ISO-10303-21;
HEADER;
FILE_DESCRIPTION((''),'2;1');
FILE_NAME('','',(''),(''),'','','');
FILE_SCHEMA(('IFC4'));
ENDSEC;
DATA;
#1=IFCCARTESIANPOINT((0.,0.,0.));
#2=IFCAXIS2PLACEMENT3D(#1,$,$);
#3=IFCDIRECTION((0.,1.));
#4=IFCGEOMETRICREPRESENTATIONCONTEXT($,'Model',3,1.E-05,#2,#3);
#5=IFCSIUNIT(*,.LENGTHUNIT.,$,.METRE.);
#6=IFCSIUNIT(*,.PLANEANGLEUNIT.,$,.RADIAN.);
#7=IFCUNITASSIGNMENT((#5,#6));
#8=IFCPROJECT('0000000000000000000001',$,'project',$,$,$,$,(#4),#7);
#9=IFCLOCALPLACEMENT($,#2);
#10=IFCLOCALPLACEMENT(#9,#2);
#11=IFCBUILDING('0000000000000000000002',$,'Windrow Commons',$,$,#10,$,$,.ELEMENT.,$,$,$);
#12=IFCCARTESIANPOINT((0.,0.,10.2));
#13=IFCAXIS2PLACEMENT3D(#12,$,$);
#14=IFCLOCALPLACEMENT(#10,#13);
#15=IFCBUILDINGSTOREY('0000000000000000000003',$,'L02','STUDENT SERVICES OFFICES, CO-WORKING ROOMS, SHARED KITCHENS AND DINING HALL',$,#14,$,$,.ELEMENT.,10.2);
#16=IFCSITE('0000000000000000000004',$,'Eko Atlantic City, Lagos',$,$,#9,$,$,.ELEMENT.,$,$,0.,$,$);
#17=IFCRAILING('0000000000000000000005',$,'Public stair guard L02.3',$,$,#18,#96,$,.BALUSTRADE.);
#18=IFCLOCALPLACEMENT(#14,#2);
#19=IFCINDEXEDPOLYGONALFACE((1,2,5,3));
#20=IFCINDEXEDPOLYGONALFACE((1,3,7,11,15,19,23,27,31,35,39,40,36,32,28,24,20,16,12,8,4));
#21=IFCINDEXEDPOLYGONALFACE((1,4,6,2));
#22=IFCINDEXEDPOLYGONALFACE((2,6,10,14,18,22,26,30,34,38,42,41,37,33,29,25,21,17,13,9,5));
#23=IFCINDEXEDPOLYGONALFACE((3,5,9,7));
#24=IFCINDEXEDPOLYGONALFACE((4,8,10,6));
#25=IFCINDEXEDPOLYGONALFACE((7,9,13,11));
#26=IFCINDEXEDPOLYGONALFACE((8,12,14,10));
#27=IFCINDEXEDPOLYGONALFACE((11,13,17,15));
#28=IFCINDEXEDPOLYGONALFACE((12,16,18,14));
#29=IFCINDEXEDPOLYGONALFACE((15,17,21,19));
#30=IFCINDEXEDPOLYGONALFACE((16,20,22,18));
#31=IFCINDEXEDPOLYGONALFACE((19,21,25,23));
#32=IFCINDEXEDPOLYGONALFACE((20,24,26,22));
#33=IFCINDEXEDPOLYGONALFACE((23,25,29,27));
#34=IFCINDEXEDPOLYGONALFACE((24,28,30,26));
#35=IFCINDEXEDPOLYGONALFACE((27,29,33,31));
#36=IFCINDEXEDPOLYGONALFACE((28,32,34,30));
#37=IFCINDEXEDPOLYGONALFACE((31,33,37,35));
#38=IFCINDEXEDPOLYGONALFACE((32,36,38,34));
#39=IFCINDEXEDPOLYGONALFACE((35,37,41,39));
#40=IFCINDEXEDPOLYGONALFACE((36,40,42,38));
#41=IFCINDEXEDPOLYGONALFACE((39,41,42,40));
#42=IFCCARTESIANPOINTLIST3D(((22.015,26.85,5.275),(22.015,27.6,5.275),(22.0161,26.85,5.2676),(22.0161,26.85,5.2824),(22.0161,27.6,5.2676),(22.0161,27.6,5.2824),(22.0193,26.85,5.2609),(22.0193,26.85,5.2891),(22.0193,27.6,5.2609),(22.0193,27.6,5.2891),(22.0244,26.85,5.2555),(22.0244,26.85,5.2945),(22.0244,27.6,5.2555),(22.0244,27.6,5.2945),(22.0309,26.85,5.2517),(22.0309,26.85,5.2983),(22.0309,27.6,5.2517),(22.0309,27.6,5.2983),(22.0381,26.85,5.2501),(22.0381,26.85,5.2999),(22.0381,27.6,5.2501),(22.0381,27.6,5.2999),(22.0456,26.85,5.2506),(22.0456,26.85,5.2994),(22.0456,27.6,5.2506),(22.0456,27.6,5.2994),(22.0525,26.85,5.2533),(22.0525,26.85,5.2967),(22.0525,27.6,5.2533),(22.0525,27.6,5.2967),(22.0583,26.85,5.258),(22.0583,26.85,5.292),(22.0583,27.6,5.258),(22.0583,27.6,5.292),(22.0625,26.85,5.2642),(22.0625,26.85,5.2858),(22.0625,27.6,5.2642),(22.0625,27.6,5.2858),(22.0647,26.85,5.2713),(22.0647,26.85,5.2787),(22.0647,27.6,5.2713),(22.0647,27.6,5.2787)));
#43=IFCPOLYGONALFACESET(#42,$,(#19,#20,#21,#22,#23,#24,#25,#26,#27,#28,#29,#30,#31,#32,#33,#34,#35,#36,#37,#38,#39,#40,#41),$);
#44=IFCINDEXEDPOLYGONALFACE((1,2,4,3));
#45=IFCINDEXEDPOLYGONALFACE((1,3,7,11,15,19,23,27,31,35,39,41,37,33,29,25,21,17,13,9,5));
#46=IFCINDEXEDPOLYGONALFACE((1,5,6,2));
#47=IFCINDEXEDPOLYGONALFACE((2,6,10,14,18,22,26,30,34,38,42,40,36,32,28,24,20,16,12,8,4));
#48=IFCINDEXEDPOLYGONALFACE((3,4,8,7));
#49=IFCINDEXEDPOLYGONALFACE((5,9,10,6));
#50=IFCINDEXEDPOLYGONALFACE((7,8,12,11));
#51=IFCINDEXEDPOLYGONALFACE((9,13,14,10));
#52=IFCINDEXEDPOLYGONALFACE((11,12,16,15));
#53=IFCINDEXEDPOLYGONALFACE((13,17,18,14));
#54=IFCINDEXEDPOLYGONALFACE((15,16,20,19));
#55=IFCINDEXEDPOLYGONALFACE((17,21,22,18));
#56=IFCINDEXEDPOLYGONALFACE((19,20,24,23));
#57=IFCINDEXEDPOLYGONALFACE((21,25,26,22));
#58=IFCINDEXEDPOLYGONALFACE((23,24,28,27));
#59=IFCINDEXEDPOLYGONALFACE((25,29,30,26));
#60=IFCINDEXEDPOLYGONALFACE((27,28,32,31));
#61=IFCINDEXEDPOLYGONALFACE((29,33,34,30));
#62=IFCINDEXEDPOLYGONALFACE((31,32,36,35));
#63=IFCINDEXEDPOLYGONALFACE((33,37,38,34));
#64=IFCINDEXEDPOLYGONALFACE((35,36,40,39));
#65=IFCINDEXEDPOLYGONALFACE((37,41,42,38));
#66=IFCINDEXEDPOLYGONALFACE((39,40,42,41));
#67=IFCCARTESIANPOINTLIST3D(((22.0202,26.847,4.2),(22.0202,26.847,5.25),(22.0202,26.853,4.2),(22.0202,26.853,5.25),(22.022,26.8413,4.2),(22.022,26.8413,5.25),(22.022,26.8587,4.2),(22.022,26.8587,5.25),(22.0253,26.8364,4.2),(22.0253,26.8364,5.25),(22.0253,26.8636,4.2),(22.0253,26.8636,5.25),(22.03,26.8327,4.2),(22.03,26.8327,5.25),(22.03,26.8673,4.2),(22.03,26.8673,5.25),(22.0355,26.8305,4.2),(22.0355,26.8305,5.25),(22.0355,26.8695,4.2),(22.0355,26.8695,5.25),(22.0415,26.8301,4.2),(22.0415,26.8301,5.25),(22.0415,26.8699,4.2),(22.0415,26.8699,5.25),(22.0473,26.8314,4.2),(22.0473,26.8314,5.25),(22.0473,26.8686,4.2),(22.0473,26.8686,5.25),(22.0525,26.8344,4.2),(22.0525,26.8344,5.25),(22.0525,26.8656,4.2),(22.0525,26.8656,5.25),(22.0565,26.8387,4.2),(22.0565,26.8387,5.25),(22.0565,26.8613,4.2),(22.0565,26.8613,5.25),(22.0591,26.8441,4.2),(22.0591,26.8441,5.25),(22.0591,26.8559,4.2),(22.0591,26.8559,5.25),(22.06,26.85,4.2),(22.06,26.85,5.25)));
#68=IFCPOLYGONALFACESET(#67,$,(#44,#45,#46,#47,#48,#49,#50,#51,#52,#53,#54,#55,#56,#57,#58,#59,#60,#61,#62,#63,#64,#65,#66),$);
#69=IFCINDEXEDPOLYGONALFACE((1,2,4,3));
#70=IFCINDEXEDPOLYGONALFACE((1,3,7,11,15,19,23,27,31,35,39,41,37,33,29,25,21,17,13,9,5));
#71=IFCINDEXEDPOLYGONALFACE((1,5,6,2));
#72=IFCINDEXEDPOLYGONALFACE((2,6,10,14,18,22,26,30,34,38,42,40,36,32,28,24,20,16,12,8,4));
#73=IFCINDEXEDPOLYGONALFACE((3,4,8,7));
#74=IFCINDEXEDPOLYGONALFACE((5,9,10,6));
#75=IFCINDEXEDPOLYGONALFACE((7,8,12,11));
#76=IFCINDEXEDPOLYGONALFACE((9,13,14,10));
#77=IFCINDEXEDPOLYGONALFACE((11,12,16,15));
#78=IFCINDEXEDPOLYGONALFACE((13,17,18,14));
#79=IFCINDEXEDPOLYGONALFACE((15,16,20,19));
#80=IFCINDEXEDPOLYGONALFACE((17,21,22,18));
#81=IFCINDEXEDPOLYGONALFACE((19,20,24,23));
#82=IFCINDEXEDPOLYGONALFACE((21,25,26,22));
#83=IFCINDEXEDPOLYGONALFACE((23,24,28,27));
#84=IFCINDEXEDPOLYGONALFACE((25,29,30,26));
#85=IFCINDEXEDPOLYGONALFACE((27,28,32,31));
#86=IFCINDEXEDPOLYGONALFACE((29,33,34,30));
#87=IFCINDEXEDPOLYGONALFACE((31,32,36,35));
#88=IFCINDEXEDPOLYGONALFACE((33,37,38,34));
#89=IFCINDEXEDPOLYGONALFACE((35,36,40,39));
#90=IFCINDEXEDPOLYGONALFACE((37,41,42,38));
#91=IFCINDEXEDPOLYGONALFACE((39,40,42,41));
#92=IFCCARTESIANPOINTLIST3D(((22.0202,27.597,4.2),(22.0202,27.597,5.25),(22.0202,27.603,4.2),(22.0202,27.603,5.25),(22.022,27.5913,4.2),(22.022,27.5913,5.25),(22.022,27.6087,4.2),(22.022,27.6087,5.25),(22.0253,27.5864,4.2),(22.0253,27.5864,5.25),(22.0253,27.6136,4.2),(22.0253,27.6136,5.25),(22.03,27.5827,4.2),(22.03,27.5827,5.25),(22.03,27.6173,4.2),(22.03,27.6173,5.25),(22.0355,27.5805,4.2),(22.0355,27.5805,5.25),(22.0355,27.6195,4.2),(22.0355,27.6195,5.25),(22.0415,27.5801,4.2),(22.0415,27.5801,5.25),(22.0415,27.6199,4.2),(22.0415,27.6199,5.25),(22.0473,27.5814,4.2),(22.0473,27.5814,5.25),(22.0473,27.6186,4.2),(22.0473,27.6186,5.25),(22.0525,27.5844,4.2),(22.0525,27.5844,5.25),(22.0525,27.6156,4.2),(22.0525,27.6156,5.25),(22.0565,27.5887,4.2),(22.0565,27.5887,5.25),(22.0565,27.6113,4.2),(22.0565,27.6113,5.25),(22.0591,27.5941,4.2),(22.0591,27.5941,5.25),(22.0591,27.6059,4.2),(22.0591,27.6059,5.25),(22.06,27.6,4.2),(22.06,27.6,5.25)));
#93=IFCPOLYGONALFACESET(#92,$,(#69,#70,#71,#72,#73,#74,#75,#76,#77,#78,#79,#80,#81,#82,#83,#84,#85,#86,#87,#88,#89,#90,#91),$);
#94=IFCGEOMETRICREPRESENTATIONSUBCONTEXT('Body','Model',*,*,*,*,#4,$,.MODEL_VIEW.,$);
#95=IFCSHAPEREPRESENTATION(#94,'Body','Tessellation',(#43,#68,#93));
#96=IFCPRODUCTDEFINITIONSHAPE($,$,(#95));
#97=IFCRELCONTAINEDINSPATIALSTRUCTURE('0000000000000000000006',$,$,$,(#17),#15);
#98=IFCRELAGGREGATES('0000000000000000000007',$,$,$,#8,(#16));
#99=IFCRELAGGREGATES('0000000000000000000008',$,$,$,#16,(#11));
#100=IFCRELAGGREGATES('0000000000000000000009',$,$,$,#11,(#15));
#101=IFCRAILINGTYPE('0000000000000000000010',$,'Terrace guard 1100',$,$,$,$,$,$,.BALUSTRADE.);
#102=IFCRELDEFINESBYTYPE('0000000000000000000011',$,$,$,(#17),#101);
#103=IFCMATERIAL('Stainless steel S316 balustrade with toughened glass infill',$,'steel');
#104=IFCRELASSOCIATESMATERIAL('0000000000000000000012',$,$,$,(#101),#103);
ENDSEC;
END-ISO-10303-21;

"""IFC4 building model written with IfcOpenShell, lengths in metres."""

from ifc_helpers import new_model, si_unit, direction, frame, origin, origin_2d, place, context, subcontext, project, spatial, circle, extrude, material, type_object, element, save


model = new_model("IFC4")

# Units and contexts
model_context = context("Model", 3, precision=1e-05, world=origin(), true_north=direction((0.0, 1.0)))
body_context = subcontext(model_context, "Body", "Model", "MODEL_VIEW")
ifc_project = project(units=[si_unit("LENGTHUNIT", "METRE"), si_unit("PLANEANGLEUNIT", "RADIAN")], contexts=[model_context])

# Site, building, storey
site_placement = place(None, origin())
site = spatial("IfcSite", under=ifc_project, at=site_placement, Name="Eko Atlantic City, Lagos", CompositionType="ELEMENT", RefElevation=0.0)
building_placement = place(site_placement, origin())
building = spatial("IfcBuilding", under=site, at=building_placement, Name="Windrow Commons", CompositionType="ELEMENT")
storey_placement = place(building_placement, frame((0.0, 0.0, 10.2)))
storey = spatial("IfcBuildingStorey", under=building, at=storey_placement, Name="L02", Description="STUDENT SERVICES OFFICES, CO-WORKING ROOMS, SHARED KITCHENS AND DINING HALL", CompositionType="ELEMENT", Elevation=10.2)

# Railing
ifc_material_1 = material(Name="Stainless steel S316 balustrade with toughened glass infill", Category="steel")
railing_type_1 = type_object("IfcRailingType", Name="Terrace guard 1100", PredefinedType="BALUSTRADE", material=ifc_material_1)
railing_1_placement = place(storey_placement, frame((22.04, 26.85, 4.2)))
element("IfcRailing", 1, at=railing_1_placement, inside=storey, type_object=railing_type_1, Name="Public stair guard L02.3", PredefinedType="BALUSTRADE", context=body_context, shape_type="SweptSolid", body=[
    extrude(circle(Radius=0.025, at=origin_2d()), frame((0.0, 0.0, 1.075), z_axis=(0.0, 1.0, 0.0), x_axis=(-1.0, 0.0, 0.0)), (0.0, 0.0, 1.0), 0.75),
    extrude(circle(Radius=0.02, at=origin_2d()), origin(), (0.0, 0.0, 1.0), 1.05),
    extrude(circle(Radius=0.02, at=origin_2d()), frame((0.0, 0.75, 0.0)), (0.0, 0.0, 1.0), 1.05),
])

save(model, "model.ifc")
